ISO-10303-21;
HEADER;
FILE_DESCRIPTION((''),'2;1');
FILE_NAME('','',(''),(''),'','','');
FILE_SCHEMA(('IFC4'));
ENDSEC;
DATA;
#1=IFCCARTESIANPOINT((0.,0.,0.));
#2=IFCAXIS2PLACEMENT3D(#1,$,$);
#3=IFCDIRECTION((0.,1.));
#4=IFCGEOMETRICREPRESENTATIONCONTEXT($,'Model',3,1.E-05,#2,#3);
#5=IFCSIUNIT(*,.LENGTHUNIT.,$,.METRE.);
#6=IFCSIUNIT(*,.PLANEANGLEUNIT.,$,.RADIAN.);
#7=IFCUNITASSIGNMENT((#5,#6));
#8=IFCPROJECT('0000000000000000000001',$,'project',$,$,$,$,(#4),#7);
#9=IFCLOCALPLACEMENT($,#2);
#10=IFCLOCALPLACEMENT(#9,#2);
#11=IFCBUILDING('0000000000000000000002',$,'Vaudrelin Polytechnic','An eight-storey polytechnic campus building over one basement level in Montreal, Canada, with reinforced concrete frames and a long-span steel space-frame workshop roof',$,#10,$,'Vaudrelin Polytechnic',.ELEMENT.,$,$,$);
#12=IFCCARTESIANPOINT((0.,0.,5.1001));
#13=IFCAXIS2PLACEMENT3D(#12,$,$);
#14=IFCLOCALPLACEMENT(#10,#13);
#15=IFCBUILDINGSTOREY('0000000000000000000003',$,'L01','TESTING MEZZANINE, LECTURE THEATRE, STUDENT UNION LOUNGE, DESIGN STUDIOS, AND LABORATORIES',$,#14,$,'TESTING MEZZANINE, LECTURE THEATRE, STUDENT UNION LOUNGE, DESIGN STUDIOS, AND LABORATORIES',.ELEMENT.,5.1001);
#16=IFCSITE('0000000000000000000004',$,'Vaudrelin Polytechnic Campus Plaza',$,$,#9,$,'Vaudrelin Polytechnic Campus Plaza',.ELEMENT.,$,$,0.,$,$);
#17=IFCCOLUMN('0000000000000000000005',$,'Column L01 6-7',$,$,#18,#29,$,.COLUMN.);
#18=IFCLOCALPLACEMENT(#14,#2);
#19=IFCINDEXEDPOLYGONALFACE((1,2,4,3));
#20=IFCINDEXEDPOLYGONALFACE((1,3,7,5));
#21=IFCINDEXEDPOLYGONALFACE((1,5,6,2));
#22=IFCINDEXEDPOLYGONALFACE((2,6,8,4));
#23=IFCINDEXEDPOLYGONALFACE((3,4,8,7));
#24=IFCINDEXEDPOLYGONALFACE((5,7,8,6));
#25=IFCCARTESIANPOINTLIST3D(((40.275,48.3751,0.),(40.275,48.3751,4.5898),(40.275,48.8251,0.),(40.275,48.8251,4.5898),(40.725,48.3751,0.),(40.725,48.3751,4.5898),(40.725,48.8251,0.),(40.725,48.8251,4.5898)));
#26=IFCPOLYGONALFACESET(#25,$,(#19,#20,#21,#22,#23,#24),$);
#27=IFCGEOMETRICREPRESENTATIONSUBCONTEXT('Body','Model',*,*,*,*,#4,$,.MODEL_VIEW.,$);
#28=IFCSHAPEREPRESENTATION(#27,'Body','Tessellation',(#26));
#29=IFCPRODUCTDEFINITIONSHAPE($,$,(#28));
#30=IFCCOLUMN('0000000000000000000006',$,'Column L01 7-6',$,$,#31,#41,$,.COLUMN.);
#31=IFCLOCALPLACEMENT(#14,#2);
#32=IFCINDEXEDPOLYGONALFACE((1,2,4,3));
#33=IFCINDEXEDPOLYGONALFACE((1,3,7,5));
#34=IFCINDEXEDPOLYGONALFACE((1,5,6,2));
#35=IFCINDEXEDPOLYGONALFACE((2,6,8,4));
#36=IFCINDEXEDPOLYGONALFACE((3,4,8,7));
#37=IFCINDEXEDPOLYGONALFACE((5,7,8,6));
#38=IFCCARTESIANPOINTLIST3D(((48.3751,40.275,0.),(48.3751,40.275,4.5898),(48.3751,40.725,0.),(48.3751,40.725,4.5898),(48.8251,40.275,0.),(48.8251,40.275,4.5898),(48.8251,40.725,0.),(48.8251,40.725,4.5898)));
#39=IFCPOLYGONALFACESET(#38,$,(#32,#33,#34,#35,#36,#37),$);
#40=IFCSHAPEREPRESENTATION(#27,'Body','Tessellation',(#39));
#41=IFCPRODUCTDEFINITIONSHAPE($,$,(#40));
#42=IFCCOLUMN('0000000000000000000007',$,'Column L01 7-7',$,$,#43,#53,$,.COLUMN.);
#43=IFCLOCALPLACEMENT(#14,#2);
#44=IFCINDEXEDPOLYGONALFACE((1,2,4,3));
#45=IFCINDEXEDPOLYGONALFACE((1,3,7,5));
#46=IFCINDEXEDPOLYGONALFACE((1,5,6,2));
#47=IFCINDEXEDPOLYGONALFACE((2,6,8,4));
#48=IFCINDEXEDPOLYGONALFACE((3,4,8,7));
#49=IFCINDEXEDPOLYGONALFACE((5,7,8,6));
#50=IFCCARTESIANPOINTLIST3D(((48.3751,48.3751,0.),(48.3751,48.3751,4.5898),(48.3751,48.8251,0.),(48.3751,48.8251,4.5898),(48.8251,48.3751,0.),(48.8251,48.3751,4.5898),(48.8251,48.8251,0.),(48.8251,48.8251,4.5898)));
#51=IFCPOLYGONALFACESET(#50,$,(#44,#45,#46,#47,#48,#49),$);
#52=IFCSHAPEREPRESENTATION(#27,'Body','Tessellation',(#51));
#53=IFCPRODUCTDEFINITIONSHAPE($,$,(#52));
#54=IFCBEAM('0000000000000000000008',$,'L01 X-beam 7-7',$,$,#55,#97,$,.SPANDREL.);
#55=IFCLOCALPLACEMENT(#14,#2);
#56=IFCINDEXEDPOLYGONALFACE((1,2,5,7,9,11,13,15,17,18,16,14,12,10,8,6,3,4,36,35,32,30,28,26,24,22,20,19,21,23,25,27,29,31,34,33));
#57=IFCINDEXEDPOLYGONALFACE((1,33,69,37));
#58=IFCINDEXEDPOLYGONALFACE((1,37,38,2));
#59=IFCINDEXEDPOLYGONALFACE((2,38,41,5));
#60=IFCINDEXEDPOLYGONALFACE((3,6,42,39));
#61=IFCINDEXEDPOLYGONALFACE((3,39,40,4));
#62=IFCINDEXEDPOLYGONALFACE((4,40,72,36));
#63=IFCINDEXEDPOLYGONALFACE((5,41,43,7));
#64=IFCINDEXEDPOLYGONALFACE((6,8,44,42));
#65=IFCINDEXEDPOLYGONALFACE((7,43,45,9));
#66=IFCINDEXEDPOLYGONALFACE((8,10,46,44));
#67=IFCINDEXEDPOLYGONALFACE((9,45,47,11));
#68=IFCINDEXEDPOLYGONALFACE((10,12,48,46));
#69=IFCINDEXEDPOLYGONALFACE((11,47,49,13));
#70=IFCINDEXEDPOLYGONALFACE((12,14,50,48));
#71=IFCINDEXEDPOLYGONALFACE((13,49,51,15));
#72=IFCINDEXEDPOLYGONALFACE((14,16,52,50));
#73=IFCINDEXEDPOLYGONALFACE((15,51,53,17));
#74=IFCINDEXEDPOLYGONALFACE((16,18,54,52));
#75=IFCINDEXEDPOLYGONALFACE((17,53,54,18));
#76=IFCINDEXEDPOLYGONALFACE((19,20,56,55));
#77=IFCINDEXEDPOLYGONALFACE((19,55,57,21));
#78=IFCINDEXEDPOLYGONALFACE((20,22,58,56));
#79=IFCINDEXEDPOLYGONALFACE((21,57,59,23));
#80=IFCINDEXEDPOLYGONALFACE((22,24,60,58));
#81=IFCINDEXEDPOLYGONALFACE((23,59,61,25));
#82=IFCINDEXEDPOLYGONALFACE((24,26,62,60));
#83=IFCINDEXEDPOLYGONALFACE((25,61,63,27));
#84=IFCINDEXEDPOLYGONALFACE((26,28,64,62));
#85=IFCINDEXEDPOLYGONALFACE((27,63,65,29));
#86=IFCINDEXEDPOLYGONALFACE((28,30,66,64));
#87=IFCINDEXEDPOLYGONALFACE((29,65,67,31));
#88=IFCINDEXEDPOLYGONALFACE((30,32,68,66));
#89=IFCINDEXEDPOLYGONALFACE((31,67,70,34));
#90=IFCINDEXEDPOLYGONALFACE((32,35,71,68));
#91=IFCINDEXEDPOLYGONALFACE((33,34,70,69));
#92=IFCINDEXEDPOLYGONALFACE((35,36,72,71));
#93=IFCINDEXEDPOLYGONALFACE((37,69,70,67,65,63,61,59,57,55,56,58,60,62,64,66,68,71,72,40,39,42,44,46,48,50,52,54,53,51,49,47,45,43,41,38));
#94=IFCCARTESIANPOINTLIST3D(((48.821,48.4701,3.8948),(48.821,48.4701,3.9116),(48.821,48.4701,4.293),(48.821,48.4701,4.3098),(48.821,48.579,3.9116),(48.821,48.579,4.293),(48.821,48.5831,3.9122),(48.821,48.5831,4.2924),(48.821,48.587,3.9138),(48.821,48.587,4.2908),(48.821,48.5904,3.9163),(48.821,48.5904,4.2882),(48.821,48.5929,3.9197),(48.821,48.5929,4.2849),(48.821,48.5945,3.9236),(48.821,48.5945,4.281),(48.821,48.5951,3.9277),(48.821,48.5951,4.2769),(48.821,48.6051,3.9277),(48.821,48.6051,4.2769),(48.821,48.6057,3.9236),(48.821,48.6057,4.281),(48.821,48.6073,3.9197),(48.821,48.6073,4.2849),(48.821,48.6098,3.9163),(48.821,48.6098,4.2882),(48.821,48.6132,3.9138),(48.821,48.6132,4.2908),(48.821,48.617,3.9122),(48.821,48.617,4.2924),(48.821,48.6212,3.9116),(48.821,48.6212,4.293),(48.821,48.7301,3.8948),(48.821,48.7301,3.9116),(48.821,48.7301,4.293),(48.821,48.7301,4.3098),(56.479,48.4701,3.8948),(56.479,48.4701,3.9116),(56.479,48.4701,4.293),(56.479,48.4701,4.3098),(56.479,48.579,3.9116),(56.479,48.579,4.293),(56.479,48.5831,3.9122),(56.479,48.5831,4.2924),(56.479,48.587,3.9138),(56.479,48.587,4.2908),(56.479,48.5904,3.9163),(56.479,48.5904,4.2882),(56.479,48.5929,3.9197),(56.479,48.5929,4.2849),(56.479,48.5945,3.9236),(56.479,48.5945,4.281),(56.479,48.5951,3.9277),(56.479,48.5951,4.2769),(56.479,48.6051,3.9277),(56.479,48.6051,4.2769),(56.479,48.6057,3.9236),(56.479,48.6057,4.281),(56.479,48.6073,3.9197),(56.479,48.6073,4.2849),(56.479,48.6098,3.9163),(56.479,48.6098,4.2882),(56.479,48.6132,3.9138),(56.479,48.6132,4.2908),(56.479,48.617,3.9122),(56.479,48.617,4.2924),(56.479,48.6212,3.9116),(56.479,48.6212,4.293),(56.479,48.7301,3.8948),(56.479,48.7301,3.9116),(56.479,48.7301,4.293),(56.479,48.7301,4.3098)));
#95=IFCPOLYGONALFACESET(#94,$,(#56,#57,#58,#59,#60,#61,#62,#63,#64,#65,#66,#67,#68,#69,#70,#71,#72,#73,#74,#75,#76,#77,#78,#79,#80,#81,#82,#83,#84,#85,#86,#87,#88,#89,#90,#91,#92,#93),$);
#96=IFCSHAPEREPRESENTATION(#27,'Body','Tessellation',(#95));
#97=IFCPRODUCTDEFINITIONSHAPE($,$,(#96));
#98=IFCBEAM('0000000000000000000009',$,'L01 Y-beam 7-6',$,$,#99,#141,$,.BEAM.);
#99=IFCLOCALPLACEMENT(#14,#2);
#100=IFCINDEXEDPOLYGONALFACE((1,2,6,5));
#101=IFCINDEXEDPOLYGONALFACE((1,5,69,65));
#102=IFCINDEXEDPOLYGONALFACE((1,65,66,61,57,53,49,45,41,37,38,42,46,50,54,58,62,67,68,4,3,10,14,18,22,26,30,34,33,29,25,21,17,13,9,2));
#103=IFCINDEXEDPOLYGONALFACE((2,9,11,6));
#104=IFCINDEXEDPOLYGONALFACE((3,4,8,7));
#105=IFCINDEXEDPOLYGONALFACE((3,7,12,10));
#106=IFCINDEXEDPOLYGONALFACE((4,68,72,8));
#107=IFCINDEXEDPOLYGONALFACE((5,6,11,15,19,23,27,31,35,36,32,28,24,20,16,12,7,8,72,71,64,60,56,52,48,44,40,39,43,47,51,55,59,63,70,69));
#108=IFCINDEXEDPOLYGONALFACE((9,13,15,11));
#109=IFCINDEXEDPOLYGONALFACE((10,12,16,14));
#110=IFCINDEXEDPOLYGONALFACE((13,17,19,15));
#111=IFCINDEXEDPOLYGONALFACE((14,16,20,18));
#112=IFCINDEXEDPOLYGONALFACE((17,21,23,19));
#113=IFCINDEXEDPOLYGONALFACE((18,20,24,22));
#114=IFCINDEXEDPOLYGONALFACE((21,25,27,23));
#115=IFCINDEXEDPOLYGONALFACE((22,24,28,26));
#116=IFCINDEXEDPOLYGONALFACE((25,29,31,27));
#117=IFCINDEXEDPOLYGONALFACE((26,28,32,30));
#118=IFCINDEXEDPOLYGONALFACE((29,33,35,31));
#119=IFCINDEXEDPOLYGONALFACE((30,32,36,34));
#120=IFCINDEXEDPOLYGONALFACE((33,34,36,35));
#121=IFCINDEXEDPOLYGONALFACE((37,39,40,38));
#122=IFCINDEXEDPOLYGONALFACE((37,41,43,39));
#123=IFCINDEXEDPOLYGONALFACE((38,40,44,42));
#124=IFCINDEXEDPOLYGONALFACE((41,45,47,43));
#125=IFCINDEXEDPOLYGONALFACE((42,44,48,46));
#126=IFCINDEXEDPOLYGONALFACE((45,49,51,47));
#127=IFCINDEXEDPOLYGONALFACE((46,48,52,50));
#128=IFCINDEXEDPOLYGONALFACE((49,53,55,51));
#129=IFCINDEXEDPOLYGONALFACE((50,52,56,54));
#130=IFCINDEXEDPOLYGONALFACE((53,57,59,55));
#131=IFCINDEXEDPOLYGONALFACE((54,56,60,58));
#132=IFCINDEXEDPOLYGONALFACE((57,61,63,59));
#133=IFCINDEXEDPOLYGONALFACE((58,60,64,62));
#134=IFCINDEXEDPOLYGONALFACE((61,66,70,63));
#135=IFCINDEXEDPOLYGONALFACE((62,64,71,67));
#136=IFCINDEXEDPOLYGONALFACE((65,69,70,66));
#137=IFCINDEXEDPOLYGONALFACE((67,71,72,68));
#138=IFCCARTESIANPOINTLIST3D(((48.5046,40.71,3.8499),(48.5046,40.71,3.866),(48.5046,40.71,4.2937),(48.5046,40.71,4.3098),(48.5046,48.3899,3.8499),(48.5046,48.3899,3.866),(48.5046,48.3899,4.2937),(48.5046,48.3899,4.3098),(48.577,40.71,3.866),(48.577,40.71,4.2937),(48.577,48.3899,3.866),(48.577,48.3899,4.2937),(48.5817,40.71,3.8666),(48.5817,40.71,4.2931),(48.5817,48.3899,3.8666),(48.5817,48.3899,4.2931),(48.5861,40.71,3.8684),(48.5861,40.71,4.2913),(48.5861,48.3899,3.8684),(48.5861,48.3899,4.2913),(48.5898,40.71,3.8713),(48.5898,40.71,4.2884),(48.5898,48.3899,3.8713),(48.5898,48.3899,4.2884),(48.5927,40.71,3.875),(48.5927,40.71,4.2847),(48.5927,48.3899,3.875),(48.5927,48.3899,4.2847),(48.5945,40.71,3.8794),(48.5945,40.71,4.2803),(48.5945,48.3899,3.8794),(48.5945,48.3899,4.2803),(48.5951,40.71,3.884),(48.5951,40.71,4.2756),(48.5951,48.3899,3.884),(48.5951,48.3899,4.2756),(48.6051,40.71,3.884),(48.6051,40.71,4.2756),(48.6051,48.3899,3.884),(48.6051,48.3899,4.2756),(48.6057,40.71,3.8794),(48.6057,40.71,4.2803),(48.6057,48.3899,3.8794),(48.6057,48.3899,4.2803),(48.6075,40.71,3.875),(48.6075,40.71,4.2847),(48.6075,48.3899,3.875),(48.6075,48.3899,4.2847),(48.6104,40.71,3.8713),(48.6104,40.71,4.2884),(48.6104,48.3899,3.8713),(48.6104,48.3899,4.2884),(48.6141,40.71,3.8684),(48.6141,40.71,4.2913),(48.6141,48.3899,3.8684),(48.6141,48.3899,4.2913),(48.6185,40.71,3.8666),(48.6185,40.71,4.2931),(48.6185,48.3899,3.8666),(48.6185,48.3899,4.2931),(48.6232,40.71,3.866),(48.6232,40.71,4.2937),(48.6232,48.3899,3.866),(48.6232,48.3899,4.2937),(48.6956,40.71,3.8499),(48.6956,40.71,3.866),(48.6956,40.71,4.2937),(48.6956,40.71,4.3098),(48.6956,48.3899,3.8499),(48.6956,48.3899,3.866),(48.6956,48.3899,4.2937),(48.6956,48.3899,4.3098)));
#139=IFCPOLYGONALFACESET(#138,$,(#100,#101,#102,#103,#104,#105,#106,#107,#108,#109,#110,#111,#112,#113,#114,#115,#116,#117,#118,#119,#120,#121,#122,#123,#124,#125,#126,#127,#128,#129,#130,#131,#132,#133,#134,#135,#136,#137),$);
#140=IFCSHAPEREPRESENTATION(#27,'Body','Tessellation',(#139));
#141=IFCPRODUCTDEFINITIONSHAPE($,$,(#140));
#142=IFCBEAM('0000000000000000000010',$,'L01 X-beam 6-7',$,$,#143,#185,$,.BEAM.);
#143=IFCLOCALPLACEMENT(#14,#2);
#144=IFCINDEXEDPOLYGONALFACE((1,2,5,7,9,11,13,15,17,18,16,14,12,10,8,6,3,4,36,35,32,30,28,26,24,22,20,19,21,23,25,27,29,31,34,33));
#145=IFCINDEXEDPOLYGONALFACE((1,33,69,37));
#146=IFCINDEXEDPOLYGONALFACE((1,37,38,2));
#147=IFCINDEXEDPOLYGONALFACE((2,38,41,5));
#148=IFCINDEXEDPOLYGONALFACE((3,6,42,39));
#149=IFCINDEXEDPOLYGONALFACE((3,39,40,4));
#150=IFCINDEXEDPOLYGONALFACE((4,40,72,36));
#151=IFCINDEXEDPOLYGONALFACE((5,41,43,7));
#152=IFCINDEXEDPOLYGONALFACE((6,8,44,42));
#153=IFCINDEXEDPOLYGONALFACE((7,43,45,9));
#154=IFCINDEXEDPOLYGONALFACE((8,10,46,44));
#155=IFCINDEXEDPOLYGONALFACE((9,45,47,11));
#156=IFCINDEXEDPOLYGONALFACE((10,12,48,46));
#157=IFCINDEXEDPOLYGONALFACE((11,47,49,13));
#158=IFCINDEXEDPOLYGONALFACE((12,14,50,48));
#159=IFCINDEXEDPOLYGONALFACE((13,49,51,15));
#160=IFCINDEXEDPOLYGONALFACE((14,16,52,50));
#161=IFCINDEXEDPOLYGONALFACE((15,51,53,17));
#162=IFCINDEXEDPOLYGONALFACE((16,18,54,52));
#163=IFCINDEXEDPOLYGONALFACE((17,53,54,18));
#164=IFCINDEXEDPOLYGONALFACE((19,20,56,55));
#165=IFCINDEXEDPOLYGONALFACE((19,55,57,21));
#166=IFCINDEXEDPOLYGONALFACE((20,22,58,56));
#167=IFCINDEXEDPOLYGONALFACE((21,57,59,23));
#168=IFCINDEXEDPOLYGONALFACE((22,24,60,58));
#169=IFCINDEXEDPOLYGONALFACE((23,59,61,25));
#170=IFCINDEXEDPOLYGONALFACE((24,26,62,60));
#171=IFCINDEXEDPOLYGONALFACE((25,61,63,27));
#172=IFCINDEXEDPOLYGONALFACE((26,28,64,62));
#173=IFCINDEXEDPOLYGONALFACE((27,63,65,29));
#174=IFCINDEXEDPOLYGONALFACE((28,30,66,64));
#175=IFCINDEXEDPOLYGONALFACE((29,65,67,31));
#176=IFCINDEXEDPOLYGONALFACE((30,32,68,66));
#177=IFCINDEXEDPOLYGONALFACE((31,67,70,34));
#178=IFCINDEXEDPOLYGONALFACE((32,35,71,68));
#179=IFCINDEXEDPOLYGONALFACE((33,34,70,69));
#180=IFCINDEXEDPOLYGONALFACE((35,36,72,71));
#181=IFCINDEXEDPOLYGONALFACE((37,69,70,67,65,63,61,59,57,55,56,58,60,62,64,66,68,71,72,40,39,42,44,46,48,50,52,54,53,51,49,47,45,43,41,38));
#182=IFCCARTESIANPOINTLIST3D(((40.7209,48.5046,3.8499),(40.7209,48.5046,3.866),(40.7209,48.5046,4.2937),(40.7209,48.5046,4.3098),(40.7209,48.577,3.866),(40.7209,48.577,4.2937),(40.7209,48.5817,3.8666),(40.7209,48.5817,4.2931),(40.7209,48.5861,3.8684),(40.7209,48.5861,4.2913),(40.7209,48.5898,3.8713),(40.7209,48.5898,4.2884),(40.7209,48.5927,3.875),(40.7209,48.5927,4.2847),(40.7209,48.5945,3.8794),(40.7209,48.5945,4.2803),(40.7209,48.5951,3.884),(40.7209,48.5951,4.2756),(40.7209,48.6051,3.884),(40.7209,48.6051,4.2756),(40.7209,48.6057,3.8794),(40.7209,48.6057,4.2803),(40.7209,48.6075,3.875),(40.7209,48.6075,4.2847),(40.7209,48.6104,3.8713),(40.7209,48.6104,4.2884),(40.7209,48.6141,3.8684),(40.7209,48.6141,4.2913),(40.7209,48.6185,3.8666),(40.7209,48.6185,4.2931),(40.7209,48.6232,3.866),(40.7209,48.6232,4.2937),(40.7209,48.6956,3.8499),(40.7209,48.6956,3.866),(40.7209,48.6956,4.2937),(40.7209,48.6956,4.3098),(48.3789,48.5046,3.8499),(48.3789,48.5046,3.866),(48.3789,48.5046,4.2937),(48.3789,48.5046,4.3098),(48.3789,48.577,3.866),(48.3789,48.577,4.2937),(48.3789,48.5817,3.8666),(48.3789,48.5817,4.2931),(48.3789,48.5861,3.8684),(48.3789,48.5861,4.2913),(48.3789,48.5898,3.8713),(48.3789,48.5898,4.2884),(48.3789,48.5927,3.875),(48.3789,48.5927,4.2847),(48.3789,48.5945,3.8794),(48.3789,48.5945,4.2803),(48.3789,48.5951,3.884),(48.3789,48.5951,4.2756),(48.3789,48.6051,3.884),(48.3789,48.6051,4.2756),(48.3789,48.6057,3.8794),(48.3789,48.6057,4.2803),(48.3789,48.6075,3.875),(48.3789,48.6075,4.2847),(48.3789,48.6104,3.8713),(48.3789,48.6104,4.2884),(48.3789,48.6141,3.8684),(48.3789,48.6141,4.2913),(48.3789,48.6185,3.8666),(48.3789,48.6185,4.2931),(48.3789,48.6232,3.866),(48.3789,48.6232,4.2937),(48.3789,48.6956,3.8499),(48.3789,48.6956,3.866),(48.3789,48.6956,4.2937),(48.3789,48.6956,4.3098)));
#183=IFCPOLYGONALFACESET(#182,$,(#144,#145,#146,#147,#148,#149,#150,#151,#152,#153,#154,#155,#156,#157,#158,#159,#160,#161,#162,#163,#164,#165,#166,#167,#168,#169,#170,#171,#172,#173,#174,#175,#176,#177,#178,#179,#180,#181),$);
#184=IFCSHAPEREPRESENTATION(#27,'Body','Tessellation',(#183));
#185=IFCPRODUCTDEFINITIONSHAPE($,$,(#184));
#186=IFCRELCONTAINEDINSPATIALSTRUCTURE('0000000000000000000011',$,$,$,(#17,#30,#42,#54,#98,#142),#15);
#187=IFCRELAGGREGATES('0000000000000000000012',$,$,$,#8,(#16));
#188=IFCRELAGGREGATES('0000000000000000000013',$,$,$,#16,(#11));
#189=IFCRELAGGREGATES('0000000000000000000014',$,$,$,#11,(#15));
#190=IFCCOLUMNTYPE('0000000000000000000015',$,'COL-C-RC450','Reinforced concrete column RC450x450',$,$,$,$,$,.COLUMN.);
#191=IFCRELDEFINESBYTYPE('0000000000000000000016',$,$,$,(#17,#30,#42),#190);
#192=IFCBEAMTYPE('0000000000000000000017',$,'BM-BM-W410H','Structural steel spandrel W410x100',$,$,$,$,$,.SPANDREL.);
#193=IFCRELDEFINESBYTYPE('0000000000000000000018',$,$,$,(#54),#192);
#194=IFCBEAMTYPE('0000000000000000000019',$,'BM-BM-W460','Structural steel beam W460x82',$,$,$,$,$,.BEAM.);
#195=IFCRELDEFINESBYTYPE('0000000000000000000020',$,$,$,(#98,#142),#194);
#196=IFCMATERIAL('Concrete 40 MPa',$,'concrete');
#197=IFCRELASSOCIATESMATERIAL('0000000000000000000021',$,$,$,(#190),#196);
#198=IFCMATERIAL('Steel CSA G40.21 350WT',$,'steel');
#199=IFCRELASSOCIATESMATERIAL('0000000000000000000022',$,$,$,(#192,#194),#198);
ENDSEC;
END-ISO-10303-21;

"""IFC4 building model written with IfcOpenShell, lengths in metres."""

from ifc_helpers import new_model, si_unit, direction, frame, origin, origin_2d, place, context, subcontext, project, spatial, rectangle, i_section, extrude, material, material_profile, profile_set, type_object, element, save


model = new_model("IFC4")

# Units and contexts
model_context = context("Model", 3, precision=1e-05, world=origin(), true_north=direction((0.0, 1.0)))
body_context = subcontext(model_context, "Body", "Model", "MODEL_VIEW")
ifc_project = project(units=[si_unit("LENGTHUNIT", "METRE"), si_unit("PLANEANGLEUNIT", "RADIAN")], contexts=[model_context])

# Site, building, storey
site_placement = place(None, origin())
site = spatial("IfcSite", under=ifc_project, at=site_placement, Name="Vaudrelin Polytechnic Campus Plaza", LongName="Vaudrelin Polytechnic Campus Plaza", CompositionType="ELEMENT", RefElevation=0.0)
building_placement = place(site_placement, origin())
building = spatial("IfcBuilding", under=site, at=building_placement, Name="Vaudrelin Polytechnic", Description="An eight-storey polytechnic campus building over one basement level in Montreal, Canada, with reinforced concrete frames and a long-span steel space-frame workshop roof", LongName="Vaudrelin Polytechnic", CompositionType="ELEMENT")
storey_placement = place(building_placement, frame((0.0, 0.0, 5.1001)))
storey = spatial("IfcBuildingStorey", under=building, at=storey_placement, Name="L01", Description="TESTING MEZZANINE, LECTURE THEATRE, STUDENT UNION LOUNGE, DESIGN STUDIOS, AND LABORATORIES", LongName="TESTING MEZZANINE, LECTURE THEATRE, STUDENT UNION LOUNGE, DESIGN STUDIOS, AND LABORATORIES", CompositionType="ELEMENT", Elevation=5.1001)

# Columns
ifc_material_1 = material(Name="Concrete 40 MPa", Category="concrete")
ifc_material_profile_1 = material_profile(ifc_material_1, rectangle(XDim=0.45, YDim=0.45, at=origin_2d()), Name="RC450x450")
ifc_profile_set_1 = profile_set([ifc_material_profile_1], Name="Concrete 40 MPa")
column_type = type_object("IfcColumnType", Name="COL-C-RC450", Description="Reinforced concrete column RC450x450", PredefinedType="COLUMN", material=ifc_profile_set_1)
for number, where, z_axis, x_axis, name in (
    (1, (40.5, 48.6001, 0.0), (0.0, 0.0, 1.0), (1.0, 0.0, 0.0), "Column L01 6-7"),
    (2, (48.6001, 40.5, 0.0), (0.0, 0.0, 1.0), (1.0, 0.0, 0.0), "Column L01 7-6"),
    (3, (48.6001, 48.6001, 0.0), (0.0, 0.0, 1.0), (1.0, 0.0, 0.0), "Column L01 7-7"),
):
    element("IfcColumn", number, at=place(storey_placement, frame(where, z_axis=z_axis, x_axis=x_axis)), inside=storey, type_object=column_type, Name=name, PredefinedType="COLUMN", context=body_context, shape_type="SweptSolid", body=[
        extrude(rectangle(XDim=0.45, YDim=0.45, at=origin_2d()), origin(), (0.0, 0.0, 1.0), 4.5898),
    ])

# Beams
ifc_material_2 = material(Name="Steel CSA G40.21 350WT", Category="steel")
ifc_material_profile_2 = material_profile(ifc_material_2, i_section(OverallWidth=0.26, OverallDepth=0.415, WebThickness=0.01, FlangeThickness=0.0168, FilletRadius=0.0161, at=origin_2d()), Name="W410x100")
ifc_profile_set_2 = profile_set([ifc_material_profile_2], Name="Steel CSA G40.21 350WT")
beam_type_1 = type_object("IfcBeamType", Name="BM-BM-W410H", Description="Structural steel spandrel W410x100", PredefinedType="SPANDREL", material=ifc_profile_set_2)
beam_1_placement = place(storey_placement, frame((48.821, 48.6001, 4.1023), z_axis=(1.0, 0.0, 0.0), x_axis=(0.0, 1.0, 0.0)))
element("IfcBeam", 4, at=beam_1_placement, inside=storey, type_object=beam_type_1, Name="L01 X-beam 7-7", PredefinedType="SPANDREL", context=body_context, shape_type="SweptSolid", body=[
    extrude(i_section(OverallWidth=0.26, OverallDepth=0.415, WebThickness=0.01, FlangeThickness=0.0168, FilletRadius=0.0161, at=origin_2d()), origin(), (0.0, 0.0, 1.0), 7.658),
])
ifc_material_profile_3 = material_profile(ifc_material_2, i_section(OverallWidth=0.1909, OverallDepth=0.46, WebThickness=0.01, FlangeThickness=0.0161, FilletRadius=0.0181, at=origin_2d()), Name="W460x82")
ifc_profile_set_3 = profile_set([ifc_material_profile_3], Name="Steel CSA G40.21 350WT")
beam_type_2 = type_object("IfcBeamType", Name="BM-BM-W460", Description="Structural steel beam W460x82", PredefinedType="BEAM", material=ifc_profile_set_3)
beam_2_placement = place(storey_placement, frame((48.6001, 40.71, 4.0798), z_axis=(0.0, 1.0, 0.0), x_axis=(-1.0, 0.0, 0.0)))
element("IfcBeam", 5, at=beam_2_placement, inside=storey, type_object=beam_type_2, Name="L01 Y-beam 7-6", PredefinedType="BEAM", context=body_context, shape_type="SweptSolid", body=[
    extrude(i_section(OverallWidth=0.1909, OverallDepth=0.46, WebThickness=0.01, FlangeThickness=0.0161, FilletRadius=0.0181, at=origin_2d()), origin(), (0.0, 0.0, 1.0), 7.6799),
])
for number, where, z_axis, x_axis, name in (
    (6, (40.7209, 48.6001, 4.0798), (1.0, 0.0, 0.0), (0.0, 1.0, 0.0), "L01 X-beam 6-7"),
):
    element("IfcBeam", number, at=place(storey_placement, frame(where, z_axis=z_axis, x_axis=x_axis)), inside=storey, type_object=beam_type_2, Name=name, PredefinedType="BEAM", context=body_context, shape_type="SweptSolid", body=[
        extrude(i_section(OverallWidth=0.1909, OverallDepth=0.46, WebThickness=0.01, FlangeThickness=0.0161, FilletRadius=0.0181, at=origin_2d()), origin(), (0.0, 0.0, 1.0), 7.658),
    ])

save(model, "model.ifc")
